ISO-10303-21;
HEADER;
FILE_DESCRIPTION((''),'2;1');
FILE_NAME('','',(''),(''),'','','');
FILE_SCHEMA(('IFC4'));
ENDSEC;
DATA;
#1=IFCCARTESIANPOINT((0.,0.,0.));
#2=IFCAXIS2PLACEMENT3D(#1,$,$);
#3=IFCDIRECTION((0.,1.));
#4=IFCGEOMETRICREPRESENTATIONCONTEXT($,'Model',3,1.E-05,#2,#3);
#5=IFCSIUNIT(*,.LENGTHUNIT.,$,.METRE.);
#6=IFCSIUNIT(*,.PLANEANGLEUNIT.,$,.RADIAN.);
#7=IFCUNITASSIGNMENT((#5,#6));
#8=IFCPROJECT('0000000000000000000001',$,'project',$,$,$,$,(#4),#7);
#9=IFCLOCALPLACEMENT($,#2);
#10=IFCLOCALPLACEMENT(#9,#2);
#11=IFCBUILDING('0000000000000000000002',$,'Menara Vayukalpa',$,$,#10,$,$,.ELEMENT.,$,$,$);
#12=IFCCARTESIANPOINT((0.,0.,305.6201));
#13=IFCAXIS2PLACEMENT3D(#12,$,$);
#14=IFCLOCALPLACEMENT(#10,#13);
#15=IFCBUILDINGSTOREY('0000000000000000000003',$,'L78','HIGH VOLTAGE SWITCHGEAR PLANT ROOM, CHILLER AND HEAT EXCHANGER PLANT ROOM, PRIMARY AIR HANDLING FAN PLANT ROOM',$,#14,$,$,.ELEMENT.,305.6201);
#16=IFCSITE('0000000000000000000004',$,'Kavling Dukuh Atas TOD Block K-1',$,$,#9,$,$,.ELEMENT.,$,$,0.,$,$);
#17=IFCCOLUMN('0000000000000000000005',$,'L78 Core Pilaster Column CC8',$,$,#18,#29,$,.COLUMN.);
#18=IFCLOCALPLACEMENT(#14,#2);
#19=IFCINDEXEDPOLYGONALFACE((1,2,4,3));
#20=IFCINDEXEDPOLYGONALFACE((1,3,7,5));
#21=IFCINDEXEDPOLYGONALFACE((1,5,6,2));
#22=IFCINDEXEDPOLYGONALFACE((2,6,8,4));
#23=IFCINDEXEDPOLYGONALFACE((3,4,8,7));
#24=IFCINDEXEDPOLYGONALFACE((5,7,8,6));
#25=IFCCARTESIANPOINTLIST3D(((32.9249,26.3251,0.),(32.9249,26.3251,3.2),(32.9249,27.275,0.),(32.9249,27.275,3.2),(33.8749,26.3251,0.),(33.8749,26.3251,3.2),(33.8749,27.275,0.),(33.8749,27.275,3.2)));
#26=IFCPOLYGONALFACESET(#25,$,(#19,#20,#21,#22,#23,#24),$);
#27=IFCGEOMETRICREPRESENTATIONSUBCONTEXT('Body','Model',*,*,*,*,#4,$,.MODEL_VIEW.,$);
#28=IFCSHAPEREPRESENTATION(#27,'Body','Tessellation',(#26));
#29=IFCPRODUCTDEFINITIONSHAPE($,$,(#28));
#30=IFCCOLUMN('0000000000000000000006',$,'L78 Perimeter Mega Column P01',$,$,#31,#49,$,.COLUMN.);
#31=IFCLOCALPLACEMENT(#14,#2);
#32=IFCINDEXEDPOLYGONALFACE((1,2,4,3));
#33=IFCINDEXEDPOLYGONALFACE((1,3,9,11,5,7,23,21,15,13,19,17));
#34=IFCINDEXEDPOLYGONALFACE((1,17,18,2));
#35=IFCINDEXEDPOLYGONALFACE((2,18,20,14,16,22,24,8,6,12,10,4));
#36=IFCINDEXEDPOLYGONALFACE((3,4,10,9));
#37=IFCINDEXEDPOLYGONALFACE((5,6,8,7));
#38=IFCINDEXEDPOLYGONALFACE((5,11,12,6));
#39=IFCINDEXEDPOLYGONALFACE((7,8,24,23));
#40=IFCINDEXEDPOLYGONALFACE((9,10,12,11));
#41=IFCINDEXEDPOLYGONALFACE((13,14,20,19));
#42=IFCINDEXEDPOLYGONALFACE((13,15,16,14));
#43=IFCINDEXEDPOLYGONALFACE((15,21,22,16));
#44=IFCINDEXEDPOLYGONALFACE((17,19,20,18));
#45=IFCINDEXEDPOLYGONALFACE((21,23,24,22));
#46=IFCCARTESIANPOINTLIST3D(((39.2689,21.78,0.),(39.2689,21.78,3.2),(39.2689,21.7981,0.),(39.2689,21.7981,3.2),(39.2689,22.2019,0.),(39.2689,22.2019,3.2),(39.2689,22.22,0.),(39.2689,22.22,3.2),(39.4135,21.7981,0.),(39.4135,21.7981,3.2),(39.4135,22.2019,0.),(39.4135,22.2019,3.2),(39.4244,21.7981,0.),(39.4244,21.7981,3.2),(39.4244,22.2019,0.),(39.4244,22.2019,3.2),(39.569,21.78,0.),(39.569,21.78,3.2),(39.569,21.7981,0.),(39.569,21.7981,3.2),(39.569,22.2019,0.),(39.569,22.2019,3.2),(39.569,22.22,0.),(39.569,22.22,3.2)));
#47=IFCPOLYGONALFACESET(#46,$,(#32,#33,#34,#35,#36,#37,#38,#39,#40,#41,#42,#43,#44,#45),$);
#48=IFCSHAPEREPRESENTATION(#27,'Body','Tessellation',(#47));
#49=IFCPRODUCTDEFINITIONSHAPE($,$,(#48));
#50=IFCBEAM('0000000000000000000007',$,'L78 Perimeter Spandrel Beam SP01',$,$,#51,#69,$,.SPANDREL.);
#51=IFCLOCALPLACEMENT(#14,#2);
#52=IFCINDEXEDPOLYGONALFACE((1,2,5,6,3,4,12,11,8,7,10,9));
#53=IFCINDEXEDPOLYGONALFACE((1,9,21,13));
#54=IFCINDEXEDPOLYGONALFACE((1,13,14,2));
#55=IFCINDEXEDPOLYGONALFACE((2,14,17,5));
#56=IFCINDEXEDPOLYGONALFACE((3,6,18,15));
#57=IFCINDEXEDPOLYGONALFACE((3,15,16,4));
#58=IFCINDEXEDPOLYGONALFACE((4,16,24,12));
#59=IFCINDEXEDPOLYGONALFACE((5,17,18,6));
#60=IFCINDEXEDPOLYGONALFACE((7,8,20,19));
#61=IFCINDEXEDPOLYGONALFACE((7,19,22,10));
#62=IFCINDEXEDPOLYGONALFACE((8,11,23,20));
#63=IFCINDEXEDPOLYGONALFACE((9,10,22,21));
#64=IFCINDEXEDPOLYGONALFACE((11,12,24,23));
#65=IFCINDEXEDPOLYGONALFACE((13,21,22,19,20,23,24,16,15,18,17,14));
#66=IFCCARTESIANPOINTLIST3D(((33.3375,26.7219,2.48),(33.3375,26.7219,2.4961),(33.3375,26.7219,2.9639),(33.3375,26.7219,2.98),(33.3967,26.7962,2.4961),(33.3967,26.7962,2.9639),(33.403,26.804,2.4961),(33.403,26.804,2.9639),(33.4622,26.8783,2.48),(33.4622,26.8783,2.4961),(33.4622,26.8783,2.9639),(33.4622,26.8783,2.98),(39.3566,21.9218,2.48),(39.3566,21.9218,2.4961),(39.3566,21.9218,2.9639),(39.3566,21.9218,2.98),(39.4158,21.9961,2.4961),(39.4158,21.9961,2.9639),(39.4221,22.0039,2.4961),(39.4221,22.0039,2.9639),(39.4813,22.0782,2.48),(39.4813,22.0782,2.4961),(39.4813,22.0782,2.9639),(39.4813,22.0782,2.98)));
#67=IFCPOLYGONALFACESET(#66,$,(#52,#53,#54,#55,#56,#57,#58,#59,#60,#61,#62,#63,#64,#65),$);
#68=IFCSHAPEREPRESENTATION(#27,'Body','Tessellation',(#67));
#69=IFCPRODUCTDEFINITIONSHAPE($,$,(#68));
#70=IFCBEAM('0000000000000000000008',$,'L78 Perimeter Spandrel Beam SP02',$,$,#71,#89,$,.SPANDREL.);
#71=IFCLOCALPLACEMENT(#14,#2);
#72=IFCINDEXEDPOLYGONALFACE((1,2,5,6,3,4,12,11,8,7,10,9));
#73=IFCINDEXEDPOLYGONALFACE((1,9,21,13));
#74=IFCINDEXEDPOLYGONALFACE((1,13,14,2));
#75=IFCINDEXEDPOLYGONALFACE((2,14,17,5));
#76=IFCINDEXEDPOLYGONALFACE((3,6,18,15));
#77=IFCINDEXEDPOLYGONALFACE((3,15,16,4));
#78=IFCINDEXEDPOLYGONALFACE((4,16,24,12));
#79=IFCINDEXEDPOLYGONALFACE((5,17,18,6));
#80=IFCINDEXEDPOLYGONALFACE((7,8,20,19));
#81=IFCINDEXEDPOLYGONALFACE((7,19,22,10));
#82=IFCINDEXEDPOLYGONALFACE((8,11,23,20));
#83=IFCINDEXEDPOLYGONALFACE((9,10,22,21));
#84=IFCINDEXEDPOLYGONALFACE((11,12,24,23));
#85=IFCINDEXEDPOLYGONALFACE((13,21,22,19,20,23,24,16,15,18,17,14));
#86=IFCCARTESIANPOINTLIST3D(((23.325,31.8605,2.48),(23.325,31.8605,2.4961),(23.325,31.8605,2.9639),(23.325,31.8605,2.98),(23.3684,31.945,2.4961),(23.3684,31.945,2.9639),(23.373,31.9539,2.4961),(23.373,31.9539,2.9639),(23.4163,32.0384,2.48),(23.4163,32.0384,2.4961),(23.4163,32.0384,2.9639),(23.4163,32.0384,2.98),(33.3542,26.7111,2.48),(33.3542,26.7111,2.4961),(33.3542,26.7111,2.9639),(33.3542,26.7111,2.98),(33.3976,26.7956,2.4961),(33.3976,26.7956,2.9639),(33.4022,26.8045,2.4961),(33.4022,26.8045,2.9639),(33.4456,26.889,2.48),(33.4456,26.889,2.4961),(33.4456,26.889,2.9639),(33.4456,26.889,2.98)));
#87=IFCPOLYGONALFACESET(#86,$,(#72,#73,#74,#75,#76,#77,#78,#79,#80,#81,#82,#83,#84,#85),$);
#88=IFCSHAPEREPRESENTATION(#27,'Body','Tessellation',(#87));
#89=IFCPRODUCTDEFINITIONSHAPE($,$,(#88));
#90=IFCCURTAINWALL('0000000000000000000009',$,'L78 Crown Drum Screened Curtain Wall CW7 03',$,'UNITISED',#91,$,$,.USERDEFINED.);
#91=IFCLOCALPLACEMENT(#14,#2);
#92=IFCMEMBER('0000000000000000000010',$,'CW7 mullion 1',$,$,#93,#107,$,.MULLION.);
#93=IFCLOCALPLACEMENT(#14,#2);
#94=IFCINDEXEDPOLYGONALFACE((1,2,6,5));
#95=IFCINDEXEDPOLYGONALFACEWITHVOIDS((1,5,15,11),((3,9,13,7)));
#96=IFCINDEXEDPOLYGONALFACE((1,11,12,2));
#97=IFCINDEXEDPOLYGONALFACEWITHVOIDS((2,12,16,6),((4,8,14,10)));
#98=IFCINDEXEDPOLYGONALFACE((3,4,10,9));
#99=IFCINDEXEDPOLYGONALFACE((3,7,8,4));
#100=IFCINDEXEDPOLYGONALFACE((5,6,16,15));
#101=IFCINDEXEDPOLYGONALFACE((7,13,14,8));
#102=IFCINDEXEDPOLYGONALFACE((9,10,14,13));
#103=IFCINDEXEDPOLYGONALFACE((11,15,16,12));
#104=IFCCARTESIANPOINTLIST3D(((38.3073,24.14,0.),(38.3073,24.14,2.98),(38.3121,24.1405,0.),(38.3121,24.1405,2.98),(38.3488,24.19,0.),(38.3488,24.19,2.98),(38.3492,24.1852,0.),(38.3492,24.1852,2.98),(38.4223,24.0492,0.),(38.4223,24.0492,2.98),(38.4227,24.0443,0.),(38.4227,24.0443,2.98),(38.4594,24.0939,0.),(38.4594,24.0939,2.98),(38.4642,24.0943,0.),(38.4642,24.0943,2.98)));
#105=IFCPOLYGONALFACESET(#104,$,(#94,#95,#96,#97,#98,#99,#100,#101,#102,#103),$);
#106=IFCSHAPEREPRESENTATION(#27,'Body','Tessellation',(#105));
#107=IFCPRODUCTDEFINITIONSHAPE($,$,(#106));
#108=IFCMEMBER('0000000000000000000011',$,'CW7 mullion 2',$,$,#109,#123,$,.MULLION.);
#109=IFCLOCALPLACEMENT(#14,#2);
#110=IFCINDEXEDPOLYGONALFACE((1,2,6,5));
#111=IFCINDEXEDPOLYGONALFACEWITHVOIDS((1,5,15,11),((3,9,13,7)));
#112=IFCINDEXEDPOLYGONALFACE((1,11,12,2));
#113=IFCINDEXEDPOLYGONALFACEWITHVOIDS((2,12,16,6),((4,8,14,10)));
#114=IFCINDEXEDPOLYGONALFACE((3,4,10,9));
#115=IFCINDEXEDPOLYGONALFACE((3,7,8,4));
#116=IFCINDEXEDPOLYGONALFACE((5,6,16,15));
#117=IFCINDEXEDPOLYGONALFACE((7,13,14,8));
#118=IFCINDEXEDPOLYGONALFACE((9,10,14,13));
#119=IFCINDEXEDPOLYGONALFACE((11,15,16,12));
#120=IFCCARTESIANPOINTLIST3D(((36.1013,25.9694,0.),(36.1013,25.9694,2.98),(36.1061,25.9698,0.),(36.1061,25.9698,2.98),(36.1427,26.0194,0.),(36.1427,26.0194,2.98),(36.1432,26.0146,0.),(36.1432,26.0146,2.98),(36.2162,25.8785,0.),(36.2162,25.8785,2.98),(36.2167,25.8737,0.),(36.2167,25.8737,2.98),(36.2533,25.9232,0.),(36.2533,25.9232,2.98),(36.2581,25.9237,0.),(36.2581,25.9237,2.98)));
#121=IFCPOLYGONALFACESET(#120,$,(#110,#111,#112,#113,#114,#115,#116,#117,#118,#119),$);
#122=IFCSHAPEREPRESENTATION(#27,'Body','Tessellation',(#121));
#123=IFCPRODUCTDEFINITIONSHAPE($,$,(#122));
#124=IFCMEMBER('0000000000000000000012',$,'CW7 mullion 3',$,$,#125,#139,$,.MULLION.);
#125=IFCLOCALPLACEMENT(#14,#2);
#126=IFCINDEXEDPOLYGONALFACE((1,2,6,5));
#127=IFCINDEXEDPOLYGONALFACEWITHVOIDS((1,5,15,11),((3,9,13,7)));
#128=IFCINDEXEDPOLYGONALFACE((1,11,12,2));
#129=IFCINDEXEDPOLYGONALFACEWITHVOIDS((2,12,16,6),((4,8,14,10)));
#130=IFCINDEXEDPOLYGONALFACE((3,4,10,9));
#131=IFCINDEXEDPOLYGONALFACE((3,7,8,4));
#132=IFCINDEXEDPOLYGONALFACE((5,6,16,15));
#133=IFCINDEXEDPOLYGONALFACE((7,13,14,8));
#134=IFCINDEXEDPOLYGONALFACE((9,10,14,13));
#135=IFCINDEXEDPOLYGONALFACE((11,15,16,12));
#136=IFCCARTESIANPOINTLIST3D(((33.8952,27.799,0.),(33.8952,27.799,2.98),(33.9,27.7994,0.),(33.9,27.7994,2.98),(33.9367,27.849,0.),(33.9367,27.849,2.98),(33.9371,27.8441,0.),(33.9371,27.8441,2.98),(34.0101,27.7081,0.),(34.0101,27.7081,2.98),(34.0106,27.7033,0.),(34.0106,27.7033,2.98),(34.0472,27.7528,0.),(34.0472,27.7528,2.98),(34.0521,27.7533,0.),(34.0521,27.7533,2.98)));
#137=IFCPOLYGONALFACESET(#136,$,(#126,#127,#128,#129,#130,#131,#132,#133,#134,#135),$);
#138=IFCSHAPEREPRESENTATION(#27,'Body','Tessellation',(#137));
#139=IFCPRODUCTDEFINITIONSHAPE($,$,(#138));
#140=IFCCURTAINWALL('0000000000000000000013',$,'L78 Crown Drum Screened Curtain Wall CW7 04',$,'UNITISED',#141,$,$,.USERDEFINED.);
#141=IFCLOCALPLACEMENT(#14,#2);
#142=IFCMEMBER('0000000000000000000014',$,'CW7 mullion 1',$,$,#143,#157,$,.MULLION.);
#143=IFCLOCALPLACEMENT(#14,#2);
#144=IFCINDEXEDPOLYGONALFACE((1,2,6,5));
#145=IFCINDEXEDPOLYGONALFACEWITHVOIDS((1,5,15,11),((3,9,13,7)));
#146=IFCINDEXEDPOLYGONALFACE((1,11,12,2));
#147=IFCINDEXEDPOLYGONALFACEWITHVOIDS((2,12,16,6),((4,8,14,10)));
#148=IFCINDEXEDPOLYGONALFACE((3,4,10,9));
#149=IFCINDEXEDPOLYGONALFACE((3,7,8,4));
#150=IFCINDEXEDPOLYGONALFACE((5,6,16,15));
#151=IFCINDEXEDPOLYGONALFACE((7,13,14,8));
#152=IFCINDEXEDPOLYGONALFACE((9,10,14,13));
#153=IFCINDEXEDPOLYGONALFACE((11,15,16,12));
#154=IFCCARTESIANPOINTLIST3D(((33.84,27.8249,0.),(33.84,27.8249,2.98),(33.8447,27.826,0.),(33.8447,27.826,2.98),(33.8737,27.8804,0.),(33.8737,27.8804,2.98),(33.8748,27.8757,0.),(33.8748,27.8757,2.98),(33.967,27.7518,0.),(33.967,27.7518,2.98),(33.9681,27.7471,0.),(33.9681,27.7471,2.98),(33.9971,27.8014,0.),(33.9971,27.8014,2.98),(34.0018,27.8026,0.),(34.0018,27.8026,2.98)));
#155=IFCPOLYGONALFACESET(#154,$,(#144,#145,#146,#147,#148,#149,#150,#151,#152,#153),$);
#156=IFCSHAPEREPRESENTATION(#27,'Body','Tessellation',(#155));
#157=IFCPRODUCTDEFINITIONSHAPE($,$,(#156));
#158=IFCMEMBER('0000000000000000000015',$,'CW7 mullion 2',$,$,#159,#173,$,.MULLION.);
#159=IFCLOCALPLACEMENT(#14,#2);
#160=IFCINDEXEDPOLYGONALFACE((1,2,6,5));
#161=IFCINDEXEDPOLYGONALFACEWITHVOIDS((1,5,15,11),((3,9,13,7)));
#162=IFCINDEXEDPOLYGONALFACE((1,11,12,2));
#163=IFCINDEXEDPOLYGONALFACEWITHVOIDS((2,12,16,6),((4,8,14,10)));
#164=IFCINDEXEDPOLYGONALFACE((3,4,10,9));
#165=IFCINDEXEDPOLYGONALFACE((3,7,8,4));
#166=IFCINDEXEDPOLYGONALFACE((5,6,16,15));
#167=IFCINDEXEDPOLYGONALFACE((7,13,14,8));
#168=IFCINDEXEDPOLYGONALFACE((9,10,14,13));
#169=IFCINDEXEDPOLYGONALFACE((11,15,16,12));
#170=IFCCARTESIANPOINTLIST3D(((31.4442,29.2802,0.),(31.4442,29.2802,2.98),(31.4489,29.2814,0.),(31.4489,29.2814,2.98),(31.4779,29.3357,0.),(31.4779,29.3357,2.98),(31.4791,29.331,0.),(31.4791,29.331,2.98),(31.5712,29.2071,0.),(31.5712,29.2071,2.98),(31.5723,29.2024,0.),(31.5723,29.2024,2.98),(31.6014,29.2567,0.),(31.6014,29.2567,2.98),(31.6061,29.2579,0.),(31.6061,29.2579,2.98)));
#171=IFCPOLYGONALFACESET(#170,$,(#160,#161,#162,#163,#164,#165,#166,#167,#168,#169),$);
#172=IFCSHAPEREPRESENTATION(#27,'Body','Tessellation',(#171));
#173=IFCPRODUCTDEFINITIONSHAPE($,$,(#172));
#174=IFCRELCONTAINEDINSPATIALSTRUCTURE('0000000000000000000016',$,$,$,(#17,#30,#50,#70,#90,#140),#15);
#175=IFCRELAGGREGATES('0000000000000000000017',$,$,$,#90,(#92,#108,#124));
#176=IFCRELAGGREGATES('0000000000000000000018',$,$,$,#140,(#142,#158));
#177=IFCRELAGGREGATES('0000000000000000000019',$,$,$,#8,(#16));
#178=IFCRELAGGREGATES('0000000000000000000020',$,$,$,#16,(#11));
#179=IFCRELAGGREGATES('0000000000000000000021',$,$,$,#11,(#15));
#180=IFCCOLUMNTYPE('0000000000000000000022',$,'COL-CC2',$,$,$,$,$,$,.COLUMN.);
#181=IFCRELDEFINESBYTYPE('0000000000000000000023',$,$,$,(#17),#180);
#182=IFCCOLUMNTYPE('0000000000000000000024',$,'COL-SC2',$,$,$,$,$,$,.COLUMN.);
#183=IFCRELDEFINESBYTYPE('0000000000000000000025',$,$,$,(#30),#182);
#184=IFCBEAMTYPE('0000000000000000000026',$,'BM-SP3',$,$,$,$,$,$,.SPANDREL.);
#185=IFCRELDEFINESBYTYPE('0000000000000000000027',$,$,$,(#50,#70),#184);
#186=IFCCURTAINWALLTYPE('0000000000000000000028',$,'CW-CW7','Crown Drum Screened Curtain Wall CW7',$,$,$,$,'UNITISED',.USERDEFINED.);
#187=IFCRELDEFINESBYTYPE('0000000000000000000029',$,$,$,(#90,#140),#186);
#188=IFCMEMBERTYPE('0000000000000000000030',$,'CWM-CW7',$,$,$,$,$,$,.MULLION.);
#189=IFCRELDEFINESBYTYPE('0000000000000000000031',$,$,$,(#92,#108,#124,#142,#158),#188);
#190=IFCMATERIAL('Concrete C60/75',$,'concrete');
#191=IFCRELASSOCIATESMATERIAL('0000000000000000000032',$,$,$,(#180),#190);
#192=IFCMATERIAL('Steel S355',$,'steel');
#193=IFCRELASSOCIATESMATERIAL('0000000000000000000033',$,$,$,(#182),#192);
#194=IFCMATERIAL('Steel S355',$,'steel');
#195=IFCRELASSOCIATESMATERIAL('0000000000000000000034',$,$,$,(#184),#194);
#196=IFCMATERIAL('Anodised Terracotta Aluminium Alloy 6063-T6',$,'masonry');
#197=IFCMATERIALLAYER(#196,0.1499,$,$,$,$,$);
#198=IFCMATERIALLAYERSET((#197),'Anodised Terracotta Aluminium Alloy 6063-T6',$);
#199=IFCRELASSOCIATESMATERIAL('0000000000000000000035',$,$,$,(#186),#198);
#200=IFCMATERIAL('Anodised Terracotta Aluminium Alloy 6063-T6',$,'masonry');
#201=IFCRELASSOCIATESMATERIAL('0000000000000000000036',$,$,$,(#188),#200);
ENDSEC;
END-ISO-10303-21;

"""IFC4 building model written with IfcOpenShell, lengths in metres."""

from ifc_helpers import new_model, si_unit, direction, frame, origin, origin_2d, place, context, subcontext, project, spatial, rectangle, hollow_rectangle, i_section, extrude, material, layer, layer_set, material_profile, profile_set, type_object, element, aggregate, save


model = new_model("IFC4")

# Units and contexts
model_context = context("Model", 3, precision=1e-05, world=origin(), true_north=direction((0.0, 1.0)))
body_context = subcontext(model_context, "Body", "Model", "MODEL_VIEW")
ifc_project = project(units=[si_unit("LENGTHUNIT", "METRE"), si_unit("PLANEANGLEUNIT", "RADIAN")], contexts=[model_context])

# Site, building, storey
site_placement = place(None, origin())
site = spatial("IfcSite", under=ifc_project, at=site_placement, Name="Kavling Dukuh Atas TOD Block K-1", CompositionType="ELEMENT", RefElevation=0.0)
building_placement = place(site_placement, origin())
building = spatial("IfcBuilding", under=site, at=building_placement, Name="Menara Vayukalpa", CompositionType="ELEMENT")
storey_placement = place(building_placement, frame((0.0, 0.0, 305.6201)))
storey = spatial("IfcBuildingStorey", under=building, at=storey_placement, Name="L78", Description="HIGH VOLTAGE SWITCHGEAR PLANT ROOM, CHILLER AND HEAT EXCHANGER PLANT ROOM, PRIMARY AIR HANDLING FAN PLANT ROOM", CompositionType="ELEMENT", Elevation=305.6201)

# Columns
ifc_material_1 = material(Name="Concrete C60/75", Category="concrete")
ifc_material_profile_1 = material_profile(ifc_material_1, rectangle(XDim=0.95, YDim=0.95, at=origin_2d()), Name="RC 950x950")
ifc_profile_set_1 = profile_set([ifc_material_profile_1], Name="Concrete C60/75")
column_type_1 = type_object("IfcColumnType", Name="COL-CC2", PredefinedType="COLUMN", material=ifc_profile_set_1)
column_1_placement = place(storey_placement, frame((33.3999, 26.8, 0.0), z_axis=(0.0, 0.0, 1.0), x_axis=(1.0, 0.0, 0.0)))
element("IfcColumn", 1, at=column_1_placement, inside=storey, type_object=column_type_1, Name="L78 Core Pilaster Column CC8", PredefinedType="COLUMN", context=body_context, shape_type="SweptSolid", body=[
    extrude(rectangle(XDim=0.95, YDim=0.95, at=origin_2d()), origin(), (0.0, 0.0, 1.0), 3.2),
])
ifc_material_2 = material(Name="Steel S355", Category="steel")
ifc_material_profile_2 = material_profile(ifc_material_2, i_section(OverallWidth=0.3, OverallDepth=0.4399, WebThickness=0.011, FlangeThickness=0.0181, at=origin_2d()), Name="H 440x300x11x18")
ifc_profile_set_2 = profile_set([ifc_material_profile_2], Name="Steel S355")
column_type_2 = type_object("IfcColumnType", Name="COL-SC2", PredefinedType="COLUMN", material=ifc_profile_set_2)
column_2_placement = place(storey_placement, frame((39.4189, 22.0, 0.0), z_axis=(0.0, 0.0, 1.0), x_axis=(1.0, 0.0, 0.0)))
element("IfcColumn", 2, at=column_2_placement, inside=storey, type_object=column_type_2, Name="L78 Perimeter Mega Column P01", PredefinedType="COLUMN", context=body_context, shape_type="SweptSolid", body=[
    extrude(i_section(OverallWidth=0.3, OverallDepth=0.4399, WebThickness=0.011, FlangeThickness=0.0181, at=origin_2d()), origin(), (0.0, 0.0, 1.0), 3.2),
])

# Beams
ifc_material_3 = material(Name="Steel S355", Category="steel")
ifc_material_profile_3 = material_profile(ifc_material_3, i_section(OverallWidth=0.2, OverallDepth=0.5, WebThickness=0.01, FlangeThickness=0.0161, at=origin_2d()), Name="WF 500x200x10x16")
ifc_profile_set_3 = profile_set([ifc_material_profile_3], Name="Steel S355")
beam_type = type_object("IfcBeamType", Name="BM-SP3", PredefinedType="SPANDREL", material=ifc_profile_set_3)
beam_1_placement = place(storey_placement, frame((39.4189, 22.0, 2.73), z_axis=(-0.78183, 0.623492, 0.0), x_axis=(-0.623492, -0.78183, 0.0)))
element("IfcBeam", 3, at=beam_1_placement, inside=storey, type_object=beam_type, Name="L78 Perimeter Spandrel Beam SP01", PredefinedType="SPANDREL", context=body_context, shape_type="SweptSolid", body=[
    extrude(i_section(OverallWidth=0.2, OverallDepth=0.5, WebThickness=0.01, FlangeThickness=0.0161, at=origin_2d()), origin(), (0.0, 0.0, 1.0), 7.6987),
])
beam_2_placement = place(storey_placement, frame((33.3999, 26.8, 2.73), z_axis=(-0.889595, 0.456751, 0.0), x_axis=(-0.456751, -0.889595, 0.0)))
element("IfcBeam", 4, at=beam_2_placement, inside=storey, type_object=beam_type, Name="L78 Perimeter Spandrel Beam SP02", PredefinedType="SPANDREL", context=body_context, shape_type="SweptSolid", body=[
    extrude(i_section(OverallWidth=0.2, OverallDepth=0.5, WebThickness=0.01, FlangeThickness=0.0161, at=origin_2d()), origin(), (0.0, 0.0, 1.0), 11.2739),
])

# Curtain walls, members
ifc_material_4 = material(Name="Anodised Terracotta Aluminium Alloy 6063-T6", Category="masonry")
ifc_layer_1 = layer(ifc_material_4, 0.1499)
ifc_layer_set_1 = layer_set([ifc_layer_1], Name="Anodised Terracotta Aluminium Alloy 6063-T6")
curtain_wall_type = type_object("IfcCurtainWallType", Name="CW-CW7", Description="Crown Drum Screened Curtain Wall CW7", ElementType="UNITISED", PredefinedType="USERDEFINED", material=ifc_layer_set_1)
curtain_wall_1_placement = place(storey_placement, origin())
curtain_wall_1 = element("IfcCurtainWall", 5, at=curtain_wall_1_placement, inside=storey, type_object=curtain_wall_type, Name="L78 Crown Drum Screened Curtain Wall CW7 03", ObjectType="UNITISED", PredefinedType="USERDEFINED")
ifc_material_5 = material(Name="Anodised Terracotta Aluminium Alloy 6063-T6", Category="masonry")
ifc_material_profile_4 = material_profile(ifc_material_5, hollow_rectangle(XDim=0.0649, YDim=0.1499, WallThickness=0.0034, at=origin_2d()), Name="ALU 65x150x3.5")
ifc_profile_set_4 = profile_set([ifc_material_profile_4], Name="Anodised Terracotta Aluminium Alloy 6063-T6")
member_type_1 = type_object("IfcMemberType", Name="CWM-CW7", PredefinedType="MULLION", material=ifc_profile_set_4)
member_1_placement = place(storey_placement, frame((38.3857, 24.1172, 0.0), z_axis=(0.0, 0.0, 1.0), x_axis=(-0.638347, -0.769749, 0.0)))
member_1 = element("IfcMember", 6, at=member_1_placement, type_object=member_type_1, Name="CW7 mullion 1", PredefinedType="MULLION", context=body_context, shape_type="SweptSolid", body=[
    extrude(hollow_rectangle(XDim=0.0649, YDim=0.1499, WallThickness=0.0034, at=origin_2d()), origin(), (0.0, 0.0, 1.0), 2.98),
])
member_2_placement = place(storey_placement, frame((36.1797, 25.9465, 0.0), z_axis=(0.0, 0.0, 1.0), x_axis=(-0.638347, -0.769749, 0.0)))
member_2 = element("IfcMember", 7, at=member_2_placement, type_object=member_type_1, Name="CW7 mullion 2", PredefinedType="MULLION", context=body_context, shape_type="SweptSolid", body=[
    extrude(hollow_rectangle(XDim=0.0649, YDim=0.1499, WallThickness=0.0034, at=origin_2d()), origin(), (0.0, 0.0, 1.0), 2.98),
])
member_3_placement = place(storey_placement, frame((33.9736, 27.7761, 0.0), z_axis=(0.0, 0.0, 1.0), x_axis=(-0.638347, -0.769749, 0.0)))
member_3 = element("IfcMember", 8, at=member_3_placement, type_object=member_type_1, Name="CW7 mullion 3", PredefinedType="MULLION", context=body_context, shape_type="SweptSolid", body=[
    extrude(hollow_rectangle(XDim=0.0649, YDim=0.1499, WallThickness=0.0034, at=origin_2d()), origin(), (0.0, 0.0, 1.0), 2.98),
])
curtain_wall_2_placement = place(storey_placement, origin())
curtain_wall_2 = element("IfcCurtainWall", 9, at=curtain_wall_2_placement, inside=storey, type_object=curtain_wall_type, Name="L78 Crown Drum Screened Curtain Wall CW7 04", ObjectType="UNITISED", PredefinedType="USERDEFINED")
member_4_placement = place(storey_placement, frame((33.9209, 27.8137, 0.0), z_axis=(0.0, 0.0, 1.0), x_axis=(-0.519176, -0.854667, 0.0)))
member_4 = element("IfcMember", 10, at=member_4_placement, type_object=member_type_1, Name="CW7 mullion 1", PredefinedType="MULLION", context=body_context, shape_type="SweptSolid", body=[
    extrude(hollow_rectangle(XDim=0.0649, YDim=0.1499, WallThickness=0.0034, at=origin_2d()), origin(), (0.0, 0.0, 1.0), 2.98),
])
member_5_placement = place(storey_placement, frame((31.5251, 29.269, 0.0), z_axis=(0.0, 0.0, 1.0), x_axis=(-0.519176, -0.854667, 0.0)))
member_5 = element("IfcMember", 11, at=member_5_placement, type_object=member_type_1, Name="CW7 mullion 2", PredefinedType="MULLION", context=body_context, shape_type="SweptSolid", body=[
    extrude(hollow_rectangle(XDim=0.0649, YDim=0.1499, WallThickness=0.0034, at=origin_2d()), origin(), (0.0, 0.0, 1.0), 2.98),
])

aggregate(curtain_wall_1, [member_1, member_2, member_3])
aggregate(curtain_wall_2, [member_4, member_5])

save(model, "model.ifc")
